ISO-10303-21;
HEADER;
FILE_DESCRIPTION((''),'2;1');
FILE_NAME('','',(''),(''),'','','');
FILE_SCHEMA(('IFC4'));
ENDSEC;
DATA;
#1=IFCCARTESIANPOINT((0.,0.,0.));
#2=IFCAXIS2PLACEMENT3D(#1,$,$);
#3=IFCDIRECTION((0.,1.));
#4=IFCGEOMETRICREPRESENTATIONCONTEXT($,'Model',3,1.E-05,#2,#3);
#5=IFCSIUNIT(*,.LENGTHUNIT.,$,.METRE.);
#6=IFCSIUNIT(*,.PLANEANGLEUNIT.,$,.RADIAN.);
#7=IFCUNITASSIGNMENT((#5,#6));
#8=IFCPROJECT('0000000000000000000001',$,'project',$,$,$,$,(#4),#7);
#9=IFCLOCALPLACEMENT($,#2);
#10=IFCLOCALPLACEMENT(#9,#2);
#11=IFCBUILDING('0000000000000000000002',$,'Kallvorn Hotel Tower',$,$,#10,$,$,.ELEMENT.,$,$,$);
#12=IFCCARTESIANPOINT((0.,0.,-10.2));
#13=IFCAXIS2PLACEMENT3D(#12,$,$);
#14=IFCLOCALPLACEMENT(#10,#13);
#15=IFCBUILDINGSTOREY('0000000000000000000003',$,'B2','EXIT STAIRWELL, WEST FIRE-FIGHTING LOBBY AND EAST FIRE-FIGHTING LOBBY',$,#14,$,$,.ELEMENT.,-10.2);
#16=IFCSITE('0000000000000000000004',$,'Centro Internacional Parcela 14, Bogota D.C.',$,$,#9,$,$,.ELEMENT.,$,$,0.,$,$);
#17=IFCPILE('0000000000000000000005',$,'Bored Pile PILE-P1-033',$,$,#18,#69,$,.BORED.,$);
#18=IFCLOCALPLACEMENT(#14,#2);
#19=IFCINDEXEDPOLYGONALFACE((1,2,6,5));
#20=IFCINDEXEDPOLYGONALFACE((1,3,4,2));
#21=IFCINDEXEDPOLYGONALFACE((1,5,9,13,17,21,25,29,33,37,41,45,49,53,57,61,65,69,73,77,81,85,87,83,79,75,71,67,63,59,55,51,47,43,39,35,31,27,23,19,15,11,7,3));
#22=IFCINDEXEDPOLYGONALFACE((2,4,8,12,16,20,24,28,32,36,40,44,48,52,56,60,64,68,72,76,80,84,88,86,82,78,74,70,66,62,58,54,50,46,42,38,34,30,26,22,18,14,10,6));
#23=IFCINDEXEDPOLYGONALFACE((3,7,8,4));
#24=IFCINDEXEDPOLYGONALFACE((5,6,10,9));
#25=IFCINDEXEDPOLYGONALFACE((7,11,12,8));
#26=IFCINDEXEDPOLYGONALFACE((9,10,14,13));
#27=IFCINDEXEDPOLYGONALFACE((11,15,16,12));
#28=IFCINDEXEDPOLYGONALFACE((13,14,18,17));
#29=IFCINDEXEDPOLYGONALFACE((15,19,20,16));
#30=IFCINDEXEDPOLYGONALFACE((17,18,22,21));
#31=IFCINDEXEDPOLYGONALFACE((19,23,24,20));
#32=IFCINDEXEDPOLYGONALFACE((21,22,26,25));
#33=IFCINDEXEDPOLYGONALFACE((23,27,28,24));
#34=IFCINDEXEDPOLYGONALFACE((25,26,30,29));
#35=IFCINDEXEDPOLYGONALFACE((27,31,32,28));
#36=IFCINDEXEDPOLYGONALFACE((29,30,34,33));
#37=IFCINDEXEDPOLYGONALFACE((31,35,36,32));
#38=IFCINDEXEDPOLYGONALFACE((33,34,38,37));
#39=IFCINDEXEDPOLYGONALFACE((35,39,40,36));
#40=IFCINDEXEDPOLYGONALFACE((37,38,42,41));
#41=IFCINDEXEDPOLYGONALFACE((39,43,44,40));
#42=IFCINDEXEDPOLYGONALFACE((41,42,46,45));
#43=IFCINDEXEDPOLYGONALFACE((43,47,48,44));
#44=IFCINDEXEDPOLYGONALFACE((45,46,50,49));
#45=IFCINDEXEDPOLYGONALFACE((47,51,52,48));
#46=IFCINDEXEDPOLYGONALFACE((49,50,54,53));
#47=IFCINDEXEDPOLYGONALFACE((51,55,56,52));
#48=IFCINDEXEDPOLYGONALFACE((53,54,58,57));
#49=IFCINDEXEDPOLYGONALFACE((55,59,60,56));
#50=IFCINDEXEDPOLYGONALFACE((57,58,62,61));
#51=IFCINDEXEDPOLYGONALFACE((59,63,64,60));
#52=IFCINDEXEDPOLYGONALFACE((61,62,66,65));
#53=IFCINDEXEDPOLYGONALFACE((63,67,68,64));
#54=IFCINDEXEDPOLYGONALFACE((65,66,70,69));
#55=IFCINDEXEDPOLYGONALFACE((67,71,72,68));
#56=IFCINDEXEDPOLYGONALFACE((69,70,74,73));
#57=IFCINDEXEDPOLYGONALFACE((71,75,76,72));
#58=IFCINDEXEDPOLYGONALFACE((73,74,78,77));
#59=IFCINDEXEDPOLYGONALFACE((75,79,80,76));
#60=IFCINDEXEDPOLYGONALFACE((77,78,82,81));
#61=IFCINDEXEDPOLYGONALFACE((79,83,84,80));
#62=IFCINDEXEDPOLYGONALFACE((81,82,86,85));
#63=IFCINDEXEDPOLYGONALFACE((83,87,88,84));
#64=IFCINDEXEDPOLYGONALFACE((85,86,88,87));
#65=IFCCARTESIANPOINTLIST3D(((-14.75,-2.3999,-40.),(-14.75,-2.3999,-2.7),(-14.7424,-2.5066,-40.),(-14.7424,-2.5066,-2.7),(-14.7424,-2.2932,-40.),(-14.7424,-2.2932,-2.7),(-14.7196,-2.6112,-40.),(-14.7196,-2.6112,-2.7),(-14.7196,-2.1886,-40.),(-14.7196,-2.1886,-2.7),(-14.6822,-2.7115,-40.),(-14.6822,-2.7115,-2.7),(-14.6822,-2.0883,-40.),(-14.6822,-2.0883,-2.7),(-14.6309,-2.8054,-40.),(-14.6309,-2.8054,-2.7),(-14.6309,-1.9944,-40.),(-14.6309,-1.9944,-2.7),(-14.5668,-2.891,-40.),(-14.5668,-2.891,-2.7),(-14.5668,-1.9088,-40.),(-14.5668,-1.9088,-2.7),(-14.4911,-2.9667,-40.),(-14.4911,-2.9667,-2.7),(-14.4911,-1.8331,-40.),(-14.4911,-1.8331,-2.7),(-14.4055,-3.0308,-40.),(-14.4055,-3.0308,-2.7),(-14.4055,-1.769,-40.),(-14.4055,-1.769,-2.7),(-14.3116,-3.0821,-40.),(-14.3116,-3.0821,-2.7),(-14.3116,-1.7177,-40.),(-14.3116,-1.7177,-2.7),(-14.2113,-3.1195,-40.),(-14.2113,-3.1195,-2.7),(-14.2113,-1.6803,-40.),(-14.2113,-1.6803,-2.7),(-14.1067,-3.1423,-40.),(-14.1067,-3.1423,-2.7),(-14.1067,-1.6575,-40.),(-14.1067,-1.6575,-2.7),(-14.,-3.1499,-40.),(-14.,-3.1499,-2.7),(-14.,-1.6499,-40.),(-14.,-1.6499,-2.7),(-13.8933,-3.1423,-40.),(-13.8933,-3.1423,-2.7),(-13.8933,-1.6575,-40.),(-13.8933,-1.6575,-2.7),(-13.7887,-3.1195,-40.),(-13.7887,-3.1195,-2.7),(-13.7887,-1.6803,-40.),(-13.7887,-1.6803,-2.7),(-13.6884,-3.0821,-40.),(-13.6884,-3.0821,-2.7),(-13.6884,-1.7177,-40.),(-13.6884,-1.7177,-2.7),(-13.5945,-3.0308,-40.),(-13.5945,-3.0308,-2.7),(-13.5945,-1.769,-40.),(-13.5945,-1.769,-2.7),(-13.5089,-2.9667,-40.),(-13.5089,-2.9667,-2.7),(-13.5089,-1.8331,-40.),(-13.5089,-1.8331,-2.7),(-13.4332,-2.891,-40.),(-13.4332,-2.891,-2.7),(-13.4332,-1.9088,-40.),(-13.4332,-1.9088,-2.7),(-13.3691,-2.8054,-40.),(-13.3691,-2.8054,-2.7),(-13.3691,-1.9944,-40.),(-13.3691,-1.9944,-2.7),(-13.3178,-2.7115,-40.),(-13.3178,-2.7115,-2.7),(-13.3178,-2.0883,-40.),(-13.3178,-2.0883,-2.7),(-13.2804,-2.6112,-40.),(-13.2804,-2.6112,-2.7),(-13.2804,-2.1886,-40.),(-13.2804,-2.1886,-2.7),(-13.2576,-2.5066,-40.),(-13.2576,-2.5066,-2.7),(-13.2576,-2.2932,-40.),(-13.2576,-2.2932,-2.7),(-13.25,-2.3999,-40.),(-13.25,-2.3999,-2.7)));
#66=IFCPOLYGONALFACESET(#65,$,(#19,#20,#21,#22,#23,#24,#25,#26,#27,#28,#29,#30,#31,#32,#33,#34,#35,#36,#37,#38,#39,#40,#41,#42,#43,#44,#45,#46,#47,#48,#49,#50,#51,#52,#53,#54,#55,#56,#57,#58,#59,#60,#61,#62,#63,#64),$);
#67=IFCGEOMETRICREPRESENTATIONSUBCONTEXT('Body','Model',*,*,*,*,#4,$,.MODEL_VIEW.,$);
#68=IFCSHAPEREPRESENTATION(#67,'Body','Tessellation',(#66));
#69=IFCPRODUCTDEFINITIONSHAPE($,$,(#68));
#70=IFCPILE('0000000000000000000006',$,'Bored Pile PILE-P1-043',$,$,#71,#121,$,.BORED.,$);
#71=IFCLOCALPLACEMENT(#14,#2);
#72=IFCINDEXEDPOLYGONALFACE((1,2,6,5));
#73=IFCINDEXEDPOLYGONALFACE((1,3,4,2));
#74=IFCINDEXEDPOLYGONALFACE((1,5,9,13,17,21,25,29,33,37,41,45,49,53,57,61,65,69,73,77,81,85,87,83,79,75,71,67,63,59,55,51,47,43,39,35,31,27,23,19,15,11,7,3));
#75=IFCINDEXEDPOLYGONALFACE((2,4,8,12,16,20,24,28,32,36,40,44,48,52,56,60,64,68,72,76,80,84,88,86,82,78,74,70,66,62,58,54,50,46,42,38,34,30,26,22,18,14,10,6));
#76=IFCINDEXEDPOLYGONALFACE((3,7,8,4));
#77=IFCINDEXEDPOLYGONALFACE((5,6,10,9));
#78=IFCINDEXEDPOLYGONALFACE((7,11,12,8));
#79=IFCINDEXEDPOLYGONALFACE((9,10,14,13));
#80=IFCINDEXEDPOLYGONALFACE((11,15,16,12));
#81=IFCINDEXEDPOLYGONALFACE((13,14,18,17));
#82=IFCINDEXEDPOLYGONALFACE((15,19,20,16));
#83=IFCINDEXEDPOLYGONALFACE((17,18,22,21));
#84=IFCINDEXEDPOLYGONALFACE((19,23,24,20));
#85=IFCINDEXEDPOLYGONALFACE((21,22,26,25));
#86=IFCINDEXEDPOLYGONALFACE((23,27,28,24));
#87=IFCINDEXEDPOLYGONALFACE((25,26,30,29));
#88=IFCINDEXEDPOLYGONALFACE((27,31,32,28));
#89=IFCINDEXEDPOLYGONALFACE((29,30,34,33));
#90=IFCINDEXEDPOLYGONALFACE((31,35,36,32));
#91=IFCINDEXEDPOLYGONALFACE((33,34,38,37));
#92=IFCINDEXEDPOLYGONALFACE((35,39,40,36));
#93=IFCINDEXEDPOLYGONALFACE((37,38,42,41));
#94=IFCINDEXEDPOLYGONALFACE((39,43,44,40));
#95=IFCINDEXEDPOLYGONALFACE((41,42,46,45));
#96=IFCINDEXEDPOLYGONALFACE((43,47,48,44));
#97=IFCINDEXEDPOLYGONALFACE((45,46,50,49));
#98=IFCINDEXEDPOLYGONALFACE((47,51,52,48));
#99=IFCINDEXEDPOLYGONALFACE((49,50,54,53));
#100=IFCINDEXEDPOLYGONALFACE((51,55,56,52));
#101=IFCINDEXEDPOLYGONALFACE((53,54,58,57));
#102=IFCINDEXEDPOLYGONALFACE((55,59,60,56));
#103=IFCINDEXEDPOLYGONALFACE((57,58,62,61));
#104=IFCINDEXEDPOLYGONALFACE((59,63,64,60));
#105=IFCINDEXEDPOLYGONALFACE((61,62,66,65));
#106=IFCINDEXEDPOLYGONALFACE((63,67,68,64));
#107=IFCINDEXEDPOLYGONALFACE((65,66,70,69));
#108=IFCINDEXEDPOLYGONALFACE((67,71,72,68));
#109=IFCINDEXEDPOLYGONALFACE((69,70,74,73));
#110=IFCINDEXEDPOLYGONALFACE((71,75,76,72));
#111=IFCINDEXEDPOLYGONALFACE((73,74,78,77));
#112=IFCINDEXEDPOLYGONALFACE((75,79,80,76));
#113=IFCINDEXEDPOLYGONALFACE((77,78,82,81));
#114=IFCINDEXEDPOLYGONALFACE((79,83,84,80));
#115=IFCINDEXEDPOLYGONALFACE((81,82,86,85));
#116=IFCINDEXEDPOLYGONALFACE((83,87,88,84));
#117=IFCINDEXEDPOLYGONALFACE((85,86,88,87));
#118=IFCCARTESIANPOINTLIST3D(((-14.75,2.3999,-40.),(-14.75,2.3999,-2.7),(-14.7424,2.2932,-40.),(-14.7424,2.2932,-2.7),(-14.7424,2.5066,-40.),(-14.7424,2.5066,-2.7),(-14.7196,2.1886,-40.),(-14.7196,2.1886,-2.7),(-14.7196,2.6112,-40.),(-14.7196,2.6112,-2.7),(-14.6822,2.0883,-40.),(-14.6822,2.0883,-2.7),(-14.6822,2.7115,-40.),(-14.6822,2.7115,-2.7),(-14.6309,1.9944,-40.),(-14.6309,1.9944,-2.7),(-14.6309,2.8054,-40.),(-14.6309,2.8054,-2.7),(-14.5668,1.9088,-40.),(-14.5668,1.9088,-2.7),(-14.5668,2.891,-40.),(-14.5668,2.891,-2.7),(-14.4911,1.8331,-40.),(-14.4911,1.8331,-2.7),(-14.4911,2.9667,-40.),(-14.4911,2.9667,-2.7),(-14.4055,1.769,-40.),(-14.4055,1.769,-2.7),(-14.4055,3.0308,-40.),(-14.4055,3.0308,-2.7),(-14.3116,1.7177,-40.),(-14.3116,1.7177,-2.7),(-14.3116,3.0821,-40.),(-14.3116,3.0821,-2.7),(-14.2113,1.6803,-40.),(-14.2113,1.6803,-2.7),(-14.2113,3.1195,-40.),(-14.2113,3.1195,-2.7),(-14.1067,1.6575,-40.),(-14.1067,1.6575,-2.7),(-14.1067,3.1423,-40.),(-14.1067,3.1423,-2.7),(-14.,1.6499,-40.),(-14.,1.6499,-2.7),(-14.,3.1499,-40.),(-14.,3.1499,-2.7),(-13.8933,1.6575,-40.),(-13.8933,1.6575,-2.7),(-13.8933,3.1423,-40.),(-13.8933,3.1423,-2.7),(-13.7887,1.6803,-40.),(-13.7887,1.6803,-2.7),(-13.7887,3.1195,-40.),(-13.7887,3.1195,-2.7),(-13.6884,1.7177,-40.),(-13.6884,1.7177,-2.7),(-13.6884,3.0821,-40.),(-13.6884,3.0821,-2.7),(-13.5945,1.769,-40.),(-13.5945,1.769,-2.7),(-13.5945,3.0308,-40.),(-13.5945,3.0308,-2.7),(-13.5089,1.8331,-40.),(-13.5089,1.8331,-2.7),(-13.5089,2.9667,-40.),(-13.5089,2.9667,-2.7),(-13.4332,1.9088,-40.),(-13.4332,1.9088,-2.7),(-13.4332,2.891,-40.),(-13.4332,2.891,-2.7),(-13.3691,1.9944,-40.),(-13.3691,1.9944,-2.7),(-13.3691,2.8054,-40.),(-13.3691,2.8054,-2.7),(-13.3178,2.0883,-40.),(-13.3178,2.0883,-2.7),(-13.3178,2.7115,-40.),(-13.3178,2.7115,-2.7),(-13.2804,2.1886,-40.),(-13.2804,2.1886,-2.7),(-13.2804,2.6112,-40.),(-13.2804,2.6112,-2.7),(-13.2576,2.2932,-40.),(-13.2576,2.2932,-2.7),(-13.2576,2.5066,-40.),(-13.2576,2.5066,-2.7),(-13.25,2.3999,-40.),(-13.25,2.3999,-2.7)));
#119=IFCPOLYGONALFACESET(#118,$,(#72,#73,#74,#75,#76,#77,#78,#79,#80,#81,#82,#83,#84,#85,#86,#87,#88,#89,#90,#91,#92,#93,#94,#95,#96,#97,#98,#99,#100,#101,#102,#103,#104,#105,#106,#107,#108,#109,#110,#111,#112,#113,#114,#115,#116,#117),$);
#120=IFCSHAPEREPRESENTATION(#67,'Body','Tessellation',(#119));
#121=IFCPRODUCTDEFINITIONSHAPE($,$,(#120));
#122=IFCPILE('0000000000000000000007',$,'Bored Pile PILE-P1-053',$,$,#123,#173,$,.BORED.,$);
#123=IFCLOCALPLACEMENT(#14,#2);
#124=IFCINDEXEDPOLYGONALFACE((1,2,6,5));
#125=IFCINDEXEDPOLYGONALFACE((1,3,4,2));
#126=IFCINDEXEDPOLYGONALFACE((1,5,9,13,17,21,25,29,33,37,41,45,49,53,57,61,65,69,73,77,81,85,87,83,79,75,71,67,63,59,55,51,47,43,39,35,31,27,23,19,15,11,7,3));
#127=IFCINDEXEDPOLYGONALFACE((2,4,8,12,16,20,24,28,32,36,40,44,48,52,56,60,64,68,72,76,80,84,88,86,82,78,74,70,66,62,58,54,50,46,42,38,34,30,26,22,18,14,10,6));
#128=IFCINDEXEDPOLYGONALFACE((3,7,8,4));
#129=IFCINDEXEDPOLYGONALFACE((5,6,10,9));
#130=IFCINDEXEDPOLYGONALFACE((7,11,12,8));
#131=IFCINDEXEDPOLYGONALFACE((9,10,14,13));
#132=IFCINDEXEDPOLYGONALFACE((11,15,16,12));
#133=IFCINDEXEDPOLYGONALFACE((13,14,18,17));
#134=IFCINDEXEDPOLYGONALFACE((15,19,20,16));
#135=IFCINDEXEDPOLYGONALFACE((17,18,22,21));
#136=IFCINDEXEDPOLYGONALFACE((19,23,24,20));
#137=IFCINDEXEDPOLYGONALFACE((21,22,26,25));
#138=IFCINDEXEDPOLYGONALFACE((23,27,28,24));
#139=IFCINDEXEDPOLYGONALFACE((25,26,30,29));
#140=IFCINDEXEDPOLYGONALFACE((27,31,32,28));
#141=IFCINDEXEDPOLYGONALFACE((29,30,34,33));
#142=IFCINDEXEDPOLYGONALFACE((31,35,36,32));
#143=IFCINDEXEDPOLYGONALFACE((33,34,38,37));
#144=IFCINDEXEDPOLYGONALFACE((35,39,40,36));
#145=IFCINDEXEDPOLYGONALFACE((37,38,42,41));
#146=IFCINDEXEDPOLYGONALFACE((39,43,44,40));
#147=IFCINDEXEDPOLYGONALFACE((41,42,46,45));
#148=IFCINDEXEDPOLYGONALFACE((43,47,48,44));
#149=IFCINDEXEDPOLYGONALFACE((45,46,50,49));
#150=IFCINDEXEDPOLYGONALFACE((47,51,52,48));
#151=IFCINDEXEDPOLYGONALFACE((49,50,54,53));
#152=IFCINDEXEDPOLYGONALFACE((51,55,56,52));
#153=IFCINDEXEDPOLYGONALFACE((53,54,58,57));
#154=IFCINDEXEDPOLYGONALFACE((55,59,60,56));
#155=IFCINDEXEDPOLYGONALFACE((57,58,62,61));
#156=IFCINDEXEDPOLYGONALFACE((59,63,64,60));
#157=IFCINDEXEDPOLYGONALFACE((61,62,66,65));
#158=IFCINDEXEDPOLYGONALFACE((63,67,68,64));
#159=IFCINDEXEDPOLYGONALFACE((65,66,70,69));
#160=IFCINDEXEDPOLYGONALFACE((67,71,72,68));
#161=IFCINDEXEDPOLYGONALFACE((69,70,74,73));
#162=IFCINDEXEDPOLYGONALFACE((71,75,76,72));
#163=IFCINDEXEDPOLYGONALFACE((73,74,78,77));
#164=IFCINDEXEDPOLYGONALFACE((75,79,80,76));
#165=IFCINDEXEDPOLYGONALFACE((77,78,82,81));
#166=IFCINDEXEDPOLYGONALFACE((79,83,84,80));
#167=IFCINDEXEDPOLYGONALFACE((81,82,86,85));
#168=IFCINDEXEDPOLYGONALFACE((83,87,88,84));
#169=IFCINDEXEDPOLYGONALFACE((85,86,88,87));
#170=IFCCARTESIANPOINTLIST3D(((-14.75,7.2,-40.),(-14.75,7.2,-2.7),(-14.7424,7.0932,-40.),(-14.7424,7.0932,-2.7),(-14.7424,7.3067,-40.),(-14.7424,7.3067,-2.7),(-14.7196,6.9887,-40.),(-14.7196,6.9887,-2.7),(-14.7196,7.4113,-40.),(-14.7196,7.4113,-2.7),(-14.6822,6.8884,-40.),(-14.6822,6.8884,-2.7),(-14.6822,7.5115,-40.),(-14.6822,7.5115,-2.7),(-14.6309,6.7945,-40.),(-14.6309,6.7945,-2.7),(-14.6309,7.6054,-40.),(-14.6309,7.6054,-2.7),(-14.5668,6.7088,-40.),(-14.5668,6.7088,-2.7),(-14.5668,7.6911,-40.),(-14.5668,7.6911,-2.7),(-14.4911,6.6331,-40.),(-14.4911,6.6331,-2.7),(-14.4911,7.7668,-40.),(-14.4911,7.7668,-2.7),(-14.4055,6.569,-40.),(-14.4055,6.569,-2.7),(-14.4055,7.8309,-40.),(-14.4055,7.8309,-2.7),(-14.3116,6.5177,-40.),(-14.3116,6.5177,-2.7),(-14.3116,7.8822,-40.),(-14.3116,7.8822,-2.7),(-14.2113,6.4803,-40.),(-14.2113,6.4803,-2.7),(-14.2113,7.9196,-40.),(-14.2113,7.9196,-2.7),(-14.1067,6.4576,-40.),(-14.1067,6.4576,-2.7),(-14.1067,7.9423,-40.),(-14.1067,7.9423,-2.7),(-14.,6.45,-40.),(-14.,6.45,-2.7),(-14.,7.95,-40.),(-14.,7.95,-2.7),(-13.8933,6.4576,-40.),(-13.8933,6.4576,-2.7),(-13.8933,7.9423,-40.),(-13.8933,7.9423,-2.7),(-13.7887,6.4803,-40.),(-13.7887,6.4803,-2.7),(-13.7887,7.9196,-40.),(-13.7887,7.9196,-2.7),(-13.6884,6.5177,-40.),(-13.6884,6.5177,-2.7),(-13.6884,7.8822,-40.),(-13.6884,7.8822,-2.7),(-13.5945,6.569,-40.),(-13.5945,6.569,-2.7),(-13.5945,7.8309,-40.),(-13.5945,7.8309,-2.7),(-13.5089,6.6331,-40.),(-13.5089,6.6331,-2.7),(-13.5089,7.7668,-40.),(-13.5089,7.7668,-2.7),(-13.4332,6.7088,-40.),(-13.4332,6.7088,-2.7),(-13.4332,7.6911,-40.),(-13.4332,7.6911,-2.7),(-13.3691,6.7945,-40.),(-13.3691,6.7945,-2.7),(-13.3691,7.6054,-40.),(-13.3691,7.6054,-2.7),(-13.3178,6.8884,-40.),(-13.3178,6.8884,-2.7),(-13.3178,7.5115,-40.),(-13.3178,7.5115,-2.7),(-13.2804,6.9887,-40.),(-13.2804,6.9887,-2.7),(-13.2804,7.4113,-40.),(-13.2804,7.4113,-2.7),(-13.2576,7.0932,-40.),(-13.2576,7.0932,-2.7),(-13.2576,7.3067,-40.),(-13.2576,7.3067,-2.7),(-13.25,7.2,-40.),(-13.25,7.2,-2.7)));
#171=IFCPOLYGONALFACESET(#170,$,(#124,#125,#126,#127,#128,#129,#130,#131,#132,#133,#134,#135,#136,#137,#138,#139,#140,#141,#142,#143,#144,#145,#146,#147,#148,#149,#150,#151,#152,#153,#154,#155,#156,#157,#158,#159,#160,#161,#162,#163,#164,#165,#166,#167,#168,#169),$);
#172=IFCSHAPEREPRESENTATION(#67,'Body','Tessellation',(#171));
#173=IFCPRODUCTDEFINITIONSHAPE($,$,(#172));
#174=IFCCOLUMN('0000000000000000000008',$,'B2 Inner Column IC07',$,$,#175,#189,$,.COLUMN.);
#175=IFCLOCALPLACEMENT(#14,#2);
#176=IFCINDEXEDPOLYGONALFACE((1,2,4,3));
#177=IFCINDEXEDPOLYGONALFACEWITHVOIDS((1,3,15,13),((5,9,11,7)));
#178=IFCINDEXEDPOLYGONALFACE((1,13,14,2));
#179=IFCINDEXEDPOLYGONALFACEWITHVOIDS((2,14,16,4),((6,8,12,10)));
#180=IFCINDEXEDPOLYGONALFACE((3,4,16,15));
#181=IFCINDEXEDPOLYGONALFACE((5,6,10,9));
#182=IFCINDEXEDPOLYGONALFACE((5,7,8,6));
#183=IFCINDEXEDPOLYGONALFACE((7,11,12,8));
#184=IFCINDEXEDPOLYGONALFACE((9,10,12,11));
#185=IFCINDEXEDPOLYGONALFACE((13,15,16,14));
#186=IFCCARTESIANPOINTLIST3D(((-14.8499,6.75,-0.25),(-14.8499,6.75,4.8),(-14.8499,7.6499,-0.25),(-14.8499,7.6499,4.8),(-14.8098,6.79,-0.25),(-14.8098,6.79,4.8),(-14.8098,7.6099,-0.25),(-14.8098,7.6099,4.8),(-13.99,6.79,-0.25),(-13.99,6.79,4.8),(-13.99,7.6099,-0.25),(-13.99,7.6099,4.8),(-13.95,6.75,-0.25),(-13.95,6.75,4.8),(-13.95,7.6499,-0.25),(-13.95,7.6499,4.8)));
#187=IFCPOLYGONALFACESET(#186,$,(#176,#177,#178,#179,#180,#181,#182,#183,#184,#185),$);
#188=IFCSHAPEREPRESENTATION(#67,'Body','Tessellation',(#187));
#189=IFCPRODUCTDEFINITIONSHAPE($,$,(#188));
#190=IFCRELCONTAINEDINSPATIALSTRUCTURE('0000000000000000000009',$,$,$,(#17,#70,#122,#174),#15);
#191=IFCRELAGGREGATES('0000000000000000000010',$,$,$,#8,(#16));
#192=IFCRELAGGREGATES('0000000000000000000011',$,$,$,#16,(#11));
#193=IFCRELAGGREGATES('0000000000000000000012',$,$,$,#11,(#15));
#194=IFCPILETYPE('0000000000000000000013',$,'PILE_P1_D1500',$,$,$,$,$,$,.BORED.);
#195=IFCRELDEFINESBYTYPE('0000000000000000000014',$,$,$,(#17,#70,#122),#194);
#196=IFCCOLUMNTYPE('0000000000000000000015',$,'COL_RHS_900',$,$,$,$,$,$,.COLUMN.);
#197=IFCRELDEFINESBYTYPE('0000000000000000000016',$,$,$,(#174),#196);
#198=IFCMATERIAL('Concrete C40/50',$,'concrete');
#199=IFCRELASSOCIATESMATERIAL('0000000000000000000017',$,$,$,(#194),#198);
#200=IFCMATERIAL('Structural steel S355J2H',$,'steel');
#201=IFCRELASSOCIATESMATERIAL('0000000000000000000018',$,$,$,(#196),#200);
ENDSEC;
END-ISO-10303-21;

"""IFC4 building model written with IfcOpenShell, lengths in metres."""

from ifc_helpers import new_model, si_unit, direction, frame, origin, origin_2d, place, context, subcontext, project, spatial, hollow_rectangle, circle, extrude, material, material_profile, profile_set, type_object, element, save


model = new_model("IFC4")

# Units and contexts
model_context = context("Model", 3, precision=1e-05, world=origin(), true_north=direction((0.0, 1.0)))
body_context = subcontext(model_context, "Body", "Model", "MODEL_VIEW")
ifc_project = project(units=[si_unit("LENGTHUNIT", "METRE"), si_unit("PLANEANGLEUNIT", "RADIAN")], contexts=[model_context])

# Site, building, storey
site_placement = place(None, origin())
site = spatial("IfcSite", under=ifc_project, at=site_placement, Name="Centro Internacional Parcela 14, Bogota D.C.", CompositionType="ELEMENT", RefElevation=0.0)
building_placement = place(site_placement, origin())
building = spatial("IfcBuilding", under=site, at=building_placement, Name="Kallvorn Hotel Tower", CompositionType="ELEMENT")
storey_placement = place(building_placement, frame((0.0, 0.0, -10.2)))
storey = spatial("IfcBuildingStorey", under=building, at=storey_placement, Name="B2", Description="EXIT STAIRWELL, WEST FIRE-FIGHTING LOBBY AND EAST FIRE-FIGHTING LOBBY", CompositionType="ELEMENT", Elevation=-10.2)

# Piles
ifc_material_1 = material(Name="Concrete C40/50", Category="concrete")
ifc_material_profile_1 = material_profile(ifc_material_1, circle(Radius=0.75, at=origin_2d()), Name="PILE D1500")
ifc_profile_set_1 = profile_set([ifc_material_profile_1], Name="Concrete C40/50")
pile_type = type_object("IfcPileType", Name="PILE_P1_D1500", PredefinedType="BORED", material=ifc_profile_set_1)
for number, where, z_axis, x_axis, name in (
    (1, (-14.0, -2.3999, -2.7), (0.0, 0.0, -1.0), (1.0, 0.0, 0.0), "Bored Pile PILE-P1-033"),
    (2, (-14.0, 2.3999, -2.7), (0.0, 0.0, -1.0), (1.0, 0.0, 0.0), "Bored Pile PILE-P1-043"),
    (3, (-14.0, 7.2, -2.7), (0.0, 0.0, -1.0), (1.0, 0.0, 0.0), "Bored Pile PILE-P1-053"),
):
    element("IfcPile", number, at=place(storey_placement, frame(where, z_axis=z_axis, x_axis=x_axis)), inside=storey, type_object=pile_type, Name=name, PredefinedType="BORED", context=body_context, shape_type="SweptSolid", body=[
        extrude(circle(Radius=0.75, at=origin_2d()), origin(), (0.0, 0.0, 1.0), 37.3),
    ])

# Column
ifc_material_2 = material(Name="Structural steel S355J2H", Category="steel")
ifc_material_profile_2 = material_profile(ifc_material_2, hollow_rectangle(XDim=0.8999, YDim=0.8999, WallThickness=0.04, at=origin_2d()), Name="RHS 900x900x40")
ifc_profile_set_2 = profile_set([ifc_material_profile_2], Name="Structural steel S355J2H")
column_type = type_object("IfcColumnType", Name="COL_RHS_900", PredefinedType="COLUMN", material=ifc_profile_set_2)
column_placement = place(storey_placement, frame((-14.3999, 7.2, -0.25), z_axis=(0.0, 0.0, 1.0), x_axis=(1.0, 0.0, 0.0)))
element("IfcColumn", 4, at=column_placement, inside=storey, type_object=column_type, Name="B2 Inner Column IC07", PredefinedType="COLUMN", context=body_context, shape_type="SweptSolid", body=[
    extrude(hollow_rectangle(XDim=0.8999, YDim=0.8999, WallThickness=0.04, at=origin_2d()), origin(), (0.0, 0.0, 1.0), 5.05),
])

save(model, "model.ifc")
